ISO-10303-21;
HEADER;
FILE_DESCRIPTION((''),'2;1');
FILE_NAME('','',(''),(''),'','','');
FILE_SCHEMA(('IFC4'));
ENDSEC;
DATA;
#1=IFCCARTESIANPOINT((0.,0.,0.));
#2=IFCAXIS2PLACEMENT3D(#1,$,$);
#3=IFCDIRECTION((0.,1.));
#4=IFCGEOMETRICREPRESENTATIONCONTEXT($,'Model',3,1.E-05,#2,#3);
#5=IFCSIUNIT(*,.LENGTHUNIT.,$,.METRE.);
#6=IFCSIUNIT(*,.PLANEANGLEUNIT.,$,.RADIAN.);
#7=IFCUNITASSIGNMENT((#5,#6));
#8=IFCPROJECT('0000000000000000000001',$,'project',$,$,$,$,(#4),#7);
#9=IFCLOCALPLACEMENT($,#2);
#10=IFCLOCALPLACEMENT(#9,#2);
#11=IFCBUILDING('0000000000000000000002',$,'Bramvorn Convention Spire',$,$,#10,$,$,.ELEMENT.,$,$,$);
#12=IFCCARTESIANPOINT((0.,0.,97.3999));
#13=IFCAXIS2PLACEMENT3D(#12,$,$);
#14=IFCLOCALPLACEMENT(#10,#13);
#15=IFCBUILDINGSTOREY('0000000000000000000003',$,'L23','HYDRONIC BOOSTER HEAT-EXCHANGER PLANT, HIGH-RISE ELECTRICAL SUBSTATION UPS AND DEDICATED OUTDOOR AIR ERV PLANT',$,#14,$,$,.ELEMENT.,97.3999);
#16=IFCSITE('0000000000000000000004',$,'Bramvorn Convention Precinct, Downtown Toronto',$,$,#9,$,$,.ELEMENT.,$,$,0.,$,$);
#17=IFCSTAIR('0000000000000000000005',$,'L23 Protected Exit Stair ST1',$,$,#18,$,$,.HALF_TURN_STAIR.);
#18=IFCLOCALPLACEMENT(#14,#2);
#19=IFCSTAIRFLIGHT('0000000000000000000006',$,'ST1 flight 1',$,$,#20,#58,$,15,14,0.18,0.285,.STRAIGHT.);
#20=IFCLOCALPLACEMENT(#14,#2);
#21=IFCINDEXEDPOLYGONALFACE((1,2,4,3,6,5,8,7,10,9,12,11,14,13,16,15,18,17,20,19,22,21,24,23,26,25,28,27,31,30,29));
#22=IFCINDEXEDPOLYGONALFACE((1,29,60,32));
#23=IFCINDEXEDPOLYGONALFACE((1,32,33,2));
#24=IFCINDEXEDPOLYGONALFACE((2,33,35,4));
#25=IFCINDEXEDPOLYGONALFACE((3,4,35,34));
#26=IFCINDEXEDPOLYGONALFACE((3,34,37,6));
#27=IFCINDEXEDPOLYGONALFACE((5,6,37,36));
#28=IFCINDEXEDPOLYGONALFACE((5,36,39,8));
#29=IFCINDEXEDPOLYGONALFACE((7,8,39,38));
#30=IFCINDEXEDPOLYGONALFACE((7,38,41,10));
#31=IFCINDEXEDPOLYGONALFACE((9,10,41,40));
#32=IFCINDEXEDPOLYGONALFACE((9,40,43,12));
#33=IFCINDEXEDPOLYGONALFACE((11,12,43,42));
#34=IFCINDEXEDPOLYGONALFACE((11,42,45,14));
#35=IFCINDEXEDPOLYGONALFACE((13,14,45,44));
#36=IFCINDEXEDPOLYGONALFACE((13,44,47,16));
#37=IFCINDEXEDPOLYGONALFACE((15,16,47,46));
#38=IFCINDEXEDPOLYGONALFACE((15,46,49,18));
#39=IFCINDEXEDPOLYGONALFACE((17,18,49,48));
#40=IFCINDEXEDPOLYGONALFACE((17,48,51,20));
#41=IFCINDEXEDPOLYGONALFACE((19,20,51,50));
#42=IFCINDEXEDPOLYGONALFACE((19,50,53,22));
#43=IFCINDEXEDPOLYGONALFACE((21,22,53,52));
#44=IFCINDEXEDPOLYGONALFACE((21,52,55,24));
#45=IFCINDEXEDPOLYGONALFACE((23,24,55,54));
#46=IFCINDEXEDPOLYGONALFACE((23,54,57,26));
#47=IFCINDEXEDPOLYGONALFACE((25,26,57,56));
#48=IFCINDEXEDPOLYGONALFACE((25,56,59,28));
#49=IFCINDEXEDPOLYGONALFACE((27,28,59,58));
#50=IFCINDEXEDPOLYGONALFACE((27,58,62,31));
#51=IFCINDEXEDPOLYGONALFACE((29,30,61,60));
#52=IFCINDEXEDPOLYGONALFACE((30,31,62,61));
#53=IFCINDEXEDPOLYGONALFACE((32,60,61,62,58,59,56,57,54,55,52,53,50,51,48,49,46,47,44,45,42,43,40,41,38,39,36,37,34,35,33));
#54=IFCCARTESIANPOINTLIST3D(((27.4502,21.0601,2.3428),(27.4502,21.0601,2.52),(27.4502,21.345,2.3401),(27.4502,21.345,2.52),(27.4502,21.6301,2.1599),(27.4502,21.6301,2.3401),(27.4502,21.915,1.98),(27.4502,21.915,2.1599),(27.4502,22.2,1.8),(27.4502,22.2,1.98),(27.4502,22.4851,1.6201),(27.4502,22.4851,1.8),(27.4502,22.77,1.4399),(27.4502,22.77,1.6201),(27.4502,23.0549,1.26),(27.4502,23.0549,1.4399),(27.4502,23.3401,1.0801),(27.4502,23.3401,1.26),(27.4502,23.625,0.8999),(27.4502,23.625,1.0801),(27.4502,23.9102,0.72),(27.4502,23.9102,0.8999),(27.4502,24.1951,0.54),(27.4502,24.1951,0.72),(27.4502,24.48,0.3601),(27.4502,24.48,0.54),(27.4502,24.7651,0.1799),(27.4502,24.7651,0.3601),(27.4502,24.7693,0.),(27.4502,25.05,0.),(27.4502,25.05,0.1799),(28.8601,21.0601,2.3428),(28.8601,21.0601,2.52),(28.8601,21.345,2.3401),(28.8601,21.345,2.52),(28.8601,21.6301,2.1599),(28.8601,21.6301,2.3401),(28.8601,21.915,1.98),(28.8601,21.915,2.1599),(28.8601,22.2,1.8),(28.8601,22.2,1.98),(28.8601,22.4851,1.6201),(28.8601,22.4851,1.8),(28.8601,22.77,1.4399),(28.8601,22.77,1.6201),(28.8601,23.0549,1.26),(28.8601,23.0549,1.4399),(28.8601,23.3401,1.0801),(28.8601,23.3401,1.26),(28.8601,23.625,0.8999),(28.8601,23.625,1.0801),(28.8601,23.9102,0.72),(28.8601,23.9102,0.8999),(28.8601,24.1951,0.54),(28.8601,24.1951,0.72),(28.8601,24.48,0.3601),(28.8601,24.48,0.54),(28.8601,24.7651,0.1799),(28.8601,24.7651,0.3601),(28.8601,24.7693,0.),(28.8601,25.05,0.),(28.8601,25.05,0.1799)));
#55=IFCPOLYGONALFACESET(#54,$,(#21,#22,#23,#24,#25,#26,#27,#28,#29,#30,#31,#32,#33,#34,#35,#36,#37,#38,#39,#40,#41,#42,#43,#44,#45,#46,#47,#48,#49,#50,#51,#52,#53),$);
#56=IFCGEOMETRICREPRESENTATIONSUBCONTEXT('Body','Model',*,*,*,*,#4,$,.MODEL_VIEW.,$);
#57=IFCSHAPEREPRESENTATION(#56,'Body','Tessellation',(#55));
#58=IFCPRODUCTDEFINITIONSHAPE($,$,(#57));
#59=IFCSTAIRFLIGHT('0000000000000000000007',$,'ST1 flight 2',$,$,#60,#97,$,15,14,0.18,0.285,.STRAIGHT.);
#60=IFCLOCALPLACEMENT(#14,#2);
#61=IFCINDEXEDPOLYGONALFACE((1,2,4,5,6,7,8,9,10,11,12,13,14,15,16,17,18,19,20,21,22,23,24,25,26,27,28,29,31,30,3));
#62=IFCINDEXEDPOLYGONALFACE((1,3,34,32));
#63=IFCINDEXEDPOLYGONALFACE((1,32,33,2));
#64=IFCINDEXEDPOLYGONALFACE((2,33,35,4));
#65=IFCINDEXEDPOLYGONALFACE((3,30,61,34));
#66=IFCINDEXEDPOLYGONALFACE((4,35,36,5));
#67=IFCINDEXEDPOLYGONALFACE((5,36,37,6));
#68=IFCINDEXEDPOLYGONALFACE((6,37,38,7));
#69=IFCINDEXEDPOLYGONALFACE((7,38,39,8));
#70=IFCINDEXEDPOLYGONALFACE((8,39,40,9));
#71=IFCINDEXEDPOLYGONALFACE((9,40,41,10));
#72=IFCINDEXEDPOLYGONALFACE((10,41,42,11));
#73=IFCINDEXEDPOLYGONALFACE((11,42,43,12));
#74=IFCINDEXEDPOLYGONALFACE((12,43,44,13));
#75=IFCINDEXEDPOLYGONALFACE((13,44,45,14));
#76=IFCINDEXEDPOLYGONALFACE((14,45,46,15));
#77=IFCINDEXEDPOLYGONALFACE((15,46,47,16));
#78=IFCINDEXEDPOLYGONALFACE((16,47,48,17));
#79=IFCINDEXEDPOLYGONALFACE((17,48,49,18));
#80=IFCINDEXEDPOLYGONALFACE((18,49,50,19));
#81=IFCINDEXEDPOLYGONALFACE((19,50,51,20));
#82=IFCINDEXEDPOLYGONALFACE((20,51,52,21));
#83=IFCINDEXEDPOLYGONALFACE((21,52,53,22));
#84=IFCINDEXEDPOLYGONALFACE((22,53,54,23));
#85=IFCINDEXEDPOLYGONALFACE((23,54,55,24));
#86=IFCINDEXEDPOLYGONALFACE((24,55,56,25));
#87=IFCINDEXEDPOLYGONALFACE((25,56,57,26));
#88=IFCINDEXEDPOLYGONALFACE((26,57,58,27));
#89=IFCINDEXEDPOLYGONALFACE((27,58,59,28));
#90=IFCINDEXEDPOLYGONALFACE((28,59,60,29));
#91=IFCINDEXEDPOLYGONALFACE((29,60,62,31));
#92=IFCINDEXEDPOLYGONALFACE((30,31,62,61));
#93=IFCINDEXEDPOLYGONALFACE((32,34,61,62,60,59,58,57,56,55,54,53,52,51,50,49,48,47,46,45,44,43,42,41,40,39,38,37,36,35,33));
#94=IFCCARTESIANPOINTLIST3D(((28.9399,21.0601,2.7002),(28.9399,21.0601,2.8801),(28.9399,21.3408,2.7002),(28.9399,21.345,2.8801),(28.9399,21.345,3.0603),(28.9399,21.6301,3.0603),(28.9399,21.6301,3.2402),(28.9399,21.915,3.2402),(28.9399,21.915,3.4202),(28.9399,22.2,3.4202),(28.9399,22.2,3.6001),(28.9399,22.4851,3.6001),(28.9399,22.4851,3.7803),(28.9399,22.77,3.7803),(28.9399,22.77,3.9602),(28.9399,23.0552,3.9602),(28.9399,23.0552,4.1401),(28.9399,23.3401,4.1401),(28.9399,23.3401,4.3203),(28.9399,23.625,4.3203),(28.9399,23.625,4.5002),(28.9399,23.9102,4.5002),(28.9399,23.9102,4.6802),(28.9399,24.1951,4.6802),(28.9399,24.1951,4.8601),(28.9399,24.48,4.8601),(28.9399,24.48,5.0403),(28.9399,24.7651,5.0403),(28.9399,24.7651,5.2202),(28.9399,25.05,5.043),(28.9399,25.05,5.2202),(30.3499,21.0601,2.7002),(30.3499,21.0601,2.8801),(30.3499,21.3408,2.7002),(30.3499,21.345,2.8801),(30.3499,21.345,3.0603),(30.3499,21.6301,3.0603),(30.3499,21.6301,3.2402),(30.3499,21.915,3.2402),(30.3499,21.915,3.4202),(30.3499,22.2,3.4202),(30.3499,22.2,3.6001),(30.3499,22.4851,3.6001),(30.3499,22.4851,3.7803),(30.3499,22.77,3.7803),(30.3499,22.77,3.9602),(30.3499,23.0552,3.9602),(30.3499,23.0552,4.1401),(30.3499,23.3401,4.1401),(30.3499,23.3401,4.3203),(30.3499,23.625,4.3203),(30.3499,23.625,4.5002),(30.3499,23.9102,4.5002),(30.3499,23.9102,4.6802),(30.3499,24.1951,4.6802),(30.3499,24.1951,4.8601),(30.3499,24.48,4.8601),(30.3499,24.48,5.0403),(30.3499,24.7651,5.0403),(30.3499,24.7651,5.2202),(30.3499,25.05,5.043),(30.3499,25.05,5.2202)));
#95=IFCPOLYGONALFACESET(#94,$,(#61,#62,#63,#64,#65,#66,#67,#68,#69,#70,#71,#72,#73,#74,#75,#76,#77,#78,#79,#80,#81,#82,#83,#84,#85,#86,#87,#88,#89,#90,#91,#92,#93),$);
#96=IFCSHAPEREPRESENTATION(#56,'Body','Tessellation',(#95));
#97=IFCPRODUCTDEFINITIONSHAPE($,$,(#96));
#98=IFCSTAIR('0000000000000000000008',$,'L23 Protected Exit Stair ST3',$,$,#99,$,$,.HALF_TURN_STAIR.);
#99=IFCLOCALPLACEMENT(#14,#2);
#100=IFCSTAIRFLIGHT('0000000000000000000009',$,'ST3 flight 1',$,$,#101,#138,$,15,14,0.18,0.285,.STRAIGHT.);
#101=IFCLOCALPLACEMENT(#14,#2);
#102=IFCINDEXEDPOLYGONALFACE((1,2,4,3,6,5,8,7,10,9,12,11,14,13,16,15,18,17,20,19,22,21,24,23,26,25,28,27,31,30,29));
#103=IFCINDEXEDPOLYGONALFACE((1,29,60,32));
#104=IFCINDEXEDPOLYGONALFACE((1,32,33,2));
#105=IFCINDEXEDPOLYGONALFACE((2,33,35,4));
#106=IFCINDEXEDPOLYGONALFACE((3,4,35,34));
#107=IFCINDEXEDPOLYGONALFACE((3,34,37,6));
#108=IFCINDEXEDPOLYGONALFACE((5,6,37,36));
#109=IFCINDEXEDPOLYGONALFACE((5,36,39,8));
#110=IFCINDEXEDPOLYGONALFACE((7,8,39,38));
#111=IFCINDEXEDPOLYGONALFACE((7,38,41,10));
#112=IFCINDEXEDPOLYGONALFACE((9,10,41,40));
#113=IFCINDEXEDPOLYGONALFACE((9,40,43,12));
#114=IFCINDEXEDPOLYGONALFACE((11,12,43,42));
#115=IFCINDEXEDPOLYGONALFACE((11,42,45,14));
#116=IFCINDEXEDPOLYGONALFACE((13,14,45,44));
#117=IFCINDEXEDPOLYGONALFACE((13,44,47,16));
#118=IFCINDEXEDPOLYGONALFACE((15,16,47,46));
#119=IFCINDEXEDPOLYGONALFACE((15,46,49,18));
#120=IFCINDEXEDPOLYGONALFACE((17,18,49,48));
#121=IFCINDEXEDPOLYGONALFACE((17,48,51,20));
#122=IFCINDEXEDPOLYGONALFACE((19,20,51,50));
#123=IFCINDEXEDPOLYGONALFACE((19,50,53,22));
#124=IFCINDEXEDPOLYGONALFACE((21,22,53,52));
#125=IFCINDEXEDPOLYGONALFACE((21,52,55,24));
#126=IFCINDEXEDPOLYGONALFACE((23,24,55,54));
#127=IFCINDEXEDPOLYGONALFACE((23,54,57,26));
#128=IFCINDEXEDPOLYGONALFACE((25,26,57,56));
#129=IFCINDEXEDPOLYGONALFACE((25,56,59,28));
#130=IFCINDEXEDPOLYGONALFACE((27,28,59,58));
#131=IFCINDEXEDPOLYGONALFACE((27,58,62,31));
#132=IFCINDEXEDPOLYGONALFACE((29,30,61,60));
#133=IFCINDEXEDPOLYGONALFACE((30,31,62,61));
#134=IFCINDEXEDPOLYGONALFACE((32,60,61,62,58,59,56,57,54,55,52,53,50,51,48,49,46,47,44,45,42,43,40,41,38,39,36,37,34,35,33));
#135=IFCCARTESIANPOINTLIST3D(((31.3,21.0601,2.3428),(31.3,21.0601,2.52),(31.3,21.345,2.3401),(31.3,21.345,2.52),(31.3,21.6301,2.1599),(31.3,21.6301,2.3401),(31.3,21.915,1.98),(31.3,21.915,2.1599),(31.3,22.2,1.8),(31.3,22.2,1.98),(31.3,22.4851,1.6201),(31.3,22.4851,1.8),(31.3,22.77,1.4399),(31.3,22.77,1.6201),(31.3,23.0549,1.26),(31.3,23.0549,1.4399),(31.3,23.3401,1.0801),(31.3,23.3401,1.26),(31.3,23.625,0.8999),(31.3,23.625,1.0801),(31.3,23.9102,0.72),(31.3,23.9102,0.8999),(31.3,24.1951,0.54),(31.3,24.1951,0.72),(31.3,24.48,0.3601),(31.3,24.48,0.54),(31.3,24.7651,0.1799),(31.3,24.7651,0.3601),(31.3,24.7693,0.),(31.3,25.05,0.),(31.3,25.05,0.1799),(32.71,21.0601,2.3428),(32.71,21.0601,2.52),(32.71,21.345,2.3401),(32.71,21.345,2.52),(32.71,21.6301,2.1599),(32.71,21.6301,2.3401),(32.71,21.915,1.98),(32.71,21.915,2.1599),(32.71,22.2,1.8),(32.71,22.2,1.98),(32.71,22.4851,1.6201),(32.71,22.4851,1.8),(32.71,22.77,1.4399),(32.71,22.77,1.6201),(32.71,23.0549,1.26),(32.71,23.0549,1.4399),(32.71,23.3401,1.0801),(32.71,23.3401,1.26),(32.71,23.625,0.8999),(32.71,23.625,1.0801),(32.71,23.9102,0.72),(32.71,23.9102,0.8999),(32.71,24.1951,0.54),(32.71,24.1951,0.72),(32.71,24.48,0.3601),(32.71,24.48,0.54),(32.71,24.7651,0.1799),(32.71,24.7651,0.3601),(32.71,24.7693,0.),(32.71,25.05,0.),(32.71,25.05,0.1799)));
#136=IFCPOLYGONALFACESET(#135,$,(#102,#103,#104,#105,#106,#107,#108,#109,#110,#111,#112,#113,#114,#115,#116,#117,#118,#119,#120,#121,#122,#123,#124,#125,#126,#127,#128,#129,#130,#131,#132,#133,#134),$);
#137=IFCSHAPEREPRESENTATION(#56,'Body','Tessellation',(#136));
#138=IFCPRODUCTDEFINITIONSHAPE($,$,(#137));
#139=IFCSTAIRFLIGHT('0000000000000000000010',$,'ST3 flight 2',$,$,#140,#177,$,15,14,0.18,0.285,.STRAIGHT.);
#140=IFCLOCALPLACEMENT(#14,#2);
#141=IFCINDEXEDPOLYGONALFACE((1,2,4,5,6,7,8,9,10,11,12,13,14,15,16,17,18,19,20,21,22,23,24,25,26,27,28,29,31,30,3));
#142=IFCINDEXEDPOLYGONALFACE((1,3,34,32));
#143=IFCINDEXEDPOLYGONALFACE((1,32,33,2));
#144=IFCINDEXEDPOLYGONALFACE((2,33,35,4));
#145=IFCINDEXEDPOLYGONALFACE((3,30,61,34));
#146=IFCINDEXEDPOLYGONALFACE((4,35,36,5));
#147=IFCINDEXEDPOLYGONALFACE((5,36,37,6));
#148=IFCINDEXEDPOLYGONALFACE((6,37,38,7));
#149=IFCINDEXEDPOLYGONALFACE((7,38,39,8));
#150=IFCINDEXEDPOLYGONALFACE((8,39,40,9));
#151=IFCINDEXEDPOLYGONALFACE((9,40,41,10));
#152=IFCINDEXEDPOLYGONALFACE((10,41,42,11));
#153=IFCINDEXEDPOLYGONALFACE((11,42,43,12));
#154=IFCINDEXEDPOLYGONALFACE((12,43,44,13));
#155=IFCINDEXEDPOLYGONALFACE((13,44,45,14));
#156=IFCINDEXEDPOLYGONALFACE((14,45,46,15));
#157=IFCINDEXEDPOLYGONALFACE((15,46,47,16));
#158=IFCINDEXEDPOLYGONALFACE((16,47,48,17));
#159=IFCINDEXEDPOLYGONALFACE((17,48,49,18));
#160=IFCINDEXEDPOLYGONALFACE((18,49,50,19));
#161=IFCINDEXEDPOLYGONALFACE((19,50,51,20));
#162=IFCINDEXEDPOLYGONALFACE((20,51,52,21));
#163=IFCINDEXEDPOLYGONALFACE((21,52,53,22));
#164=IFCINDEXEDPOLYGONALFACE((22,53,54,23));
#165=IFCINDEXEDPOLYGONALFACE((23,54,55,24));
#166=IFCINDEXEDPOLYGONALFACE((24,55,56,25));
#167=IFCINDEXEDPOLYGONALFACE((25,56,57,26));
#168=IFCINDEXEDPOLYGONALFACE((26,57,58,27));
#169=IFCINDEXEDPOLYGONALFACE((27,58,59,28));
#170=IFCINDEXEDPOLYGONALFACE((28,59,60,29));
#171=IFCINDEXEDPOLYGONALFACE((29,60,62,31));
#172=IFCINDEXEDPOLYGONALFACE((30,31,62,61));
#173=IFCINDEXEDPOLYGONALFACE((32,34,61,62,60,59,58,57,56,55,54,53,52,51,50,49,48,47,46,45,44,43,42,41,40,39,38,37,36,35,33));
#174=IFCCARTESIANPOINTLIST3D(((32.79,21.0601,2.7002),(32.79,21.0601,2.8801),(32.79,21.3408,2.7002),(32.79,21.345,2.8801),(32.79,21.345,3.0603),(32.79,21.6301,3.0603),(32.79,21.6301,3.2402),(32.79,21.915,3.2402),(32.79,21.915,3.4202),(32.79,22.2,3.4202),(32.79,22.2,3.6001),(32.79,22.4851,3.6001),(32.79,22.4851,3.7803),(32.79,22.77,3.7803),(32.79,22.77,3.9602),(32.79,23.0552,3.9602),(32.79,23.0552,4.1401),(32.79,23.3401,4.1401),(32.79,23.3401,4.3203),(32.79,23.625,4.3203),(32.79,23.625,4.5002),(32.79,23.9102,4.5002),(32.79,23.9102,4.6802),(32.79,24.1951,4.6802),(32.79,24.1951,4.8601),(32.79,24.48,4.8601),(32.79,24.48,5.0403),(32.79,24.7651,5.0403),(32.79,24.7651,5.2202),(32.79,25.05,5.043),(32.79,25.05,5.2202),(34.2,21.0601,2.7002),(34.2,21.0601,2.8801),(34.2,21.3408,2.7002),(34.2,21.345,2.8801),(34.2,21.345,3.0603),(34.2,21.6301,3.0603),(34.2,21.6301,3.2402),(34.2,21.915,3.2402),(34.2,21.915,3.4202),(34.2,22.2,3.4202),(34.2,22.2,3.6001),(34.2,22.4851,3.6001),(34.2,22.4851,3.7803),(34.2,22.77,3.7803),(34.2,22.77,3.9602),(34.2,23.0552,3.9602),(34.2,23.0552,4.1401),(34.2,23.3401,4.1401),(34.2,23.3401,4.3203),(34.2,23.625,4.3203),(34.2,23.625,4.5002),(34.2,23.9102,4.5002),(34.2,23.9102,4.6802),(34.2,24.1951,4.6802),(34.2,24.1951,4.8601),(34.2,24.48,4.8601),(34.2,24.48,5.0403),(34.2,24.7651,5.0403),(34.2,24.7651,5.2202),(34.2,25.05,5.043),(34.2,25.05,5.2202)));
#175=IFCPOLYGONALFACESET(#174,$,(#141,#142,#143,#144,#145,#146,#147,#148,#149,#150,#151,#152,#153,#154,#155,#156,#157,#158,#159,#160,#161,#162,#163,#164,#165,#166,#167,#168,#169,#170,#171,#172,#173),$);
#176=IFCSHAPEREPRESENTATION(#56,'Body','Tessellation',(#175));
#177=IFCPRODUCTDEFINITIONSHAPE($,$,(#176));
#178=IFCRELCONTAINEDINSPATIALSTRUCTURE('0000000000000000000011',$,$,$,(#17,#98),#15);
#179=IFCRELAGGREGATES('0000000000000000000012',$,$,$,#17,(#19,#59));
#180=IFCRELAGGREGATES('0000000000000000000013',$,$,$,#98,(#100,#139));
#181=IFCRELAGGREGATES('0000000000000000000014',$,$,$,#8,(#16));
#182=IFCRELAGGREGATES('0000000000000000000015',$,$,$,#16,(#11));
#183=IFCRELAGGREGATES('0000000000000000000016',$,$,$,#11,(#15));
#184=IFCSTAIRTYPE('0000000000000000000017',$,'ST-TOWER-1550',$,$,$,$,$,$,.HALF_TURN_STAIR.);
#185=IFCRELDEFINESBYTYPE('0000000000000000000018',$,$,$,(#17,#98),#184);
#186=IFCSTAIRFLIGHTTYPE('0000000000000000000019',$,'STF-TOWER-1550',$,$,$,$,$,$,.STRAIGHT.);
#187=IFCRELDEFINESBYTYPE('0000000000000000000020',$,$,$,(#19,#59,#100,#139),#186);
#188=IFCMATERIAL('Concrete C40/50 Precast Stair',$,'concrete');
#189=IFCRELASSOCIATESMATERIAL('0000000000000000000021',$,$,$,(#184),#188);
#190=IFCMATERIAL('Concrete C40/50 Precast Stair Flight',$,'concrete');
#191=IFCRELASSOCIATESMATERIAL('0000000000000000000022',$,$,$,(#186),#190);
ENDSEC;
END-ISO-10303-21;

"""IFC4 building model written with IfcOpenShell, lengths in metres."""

from ifc_helpers import new_model, si_unit, direction, frame, origin, place, context, subcontext, project, spatial, polyline, outline, extrude, material, type_object, element, aggregate, save


model = new_model("IFC4")

# Units and contexts
model_context = context("Model", 3, precision=1e-05, world=origin(), true_north=direction((0.0, 1.0)))
body_context = subcontext(model_context, "Body", "Model", "MODEL_VIEW")
ifc_project = project(units=[si_unit("LENGTHUNIT", "METRE"), si_unit("PLANEANGLEUNIT", "RADIAN")], contexts=[model_context])

# Site, building, storey
site_placement = place(None, origin())
site = spatial("IfcSite", under=ifc_project, at=site_placement, Name="Bramvorn Convention Precinct, Downtown Toronto", CompositionType="ELEMENT", RefElevation=0.0)
building_placement = place(site_placement, origin())
building = spatial("IfcBuilding", under=site, at=building_placement, Name="Bramvorn Convention Spire", CompositionType="ELEMENT")
storey_placement = place(building_placement, frame((0.0, 0.0, 97.3999)))
storey = spatial("IfcBuildingStorey", under=building, at=storey_placement, Name="L23", Description="HYDRONIC BOOSTER HEAT-EXCHANGER PLANT, HIGH-RISE ELECTRICAL SUBSTATION UPS AND DEDICATED OUTDOOR AIR ERV PLANT", CompositionType="ELEMENT", Elevation=97.3999)

# Stairs, stair flights
ifc_material_1 = material(Name="Concrete C40/50 Precast Stair", Category="concrete")
stair_type = type_object("IfcStairType", Name="ST-TOWER-1550", PredefinedType="HALF_TURN_STAIR", material=ifc_material_1)
stair_1_placement = place(storey_placement, origin())
stair_1 = element("IfcStair", 1, at=stair_1_placement, inside=storey, type_object=stair_type, Name="L23 Protected Exit Stair ST1", PredefinedType="HALF_TURN_STAIR")
ifc_material_2 = material(Name="Concrete C40/50 Precast Stair Flight", Category="concrete")
stair_flight_type = type_object("IfcStairFlightType", Name="STF-TOWER-1550", PredefinedType="STRAIGHT", material=ifc_material_2)
stair_flight_1_placement = place(storey_placement, frame((28.155, 25.05, 0.0), z_axis=(0.0, 0.0, 1.0), x_axis=(0.0, -1.0, 0.0)))
stair_flight_1 = element("IfcStairFlight", 2, at=stair_flight_1_placement, type_object=stair_flight_type, Name="ST1 flight 1", NumberOfRisers=15, NumberOfTreads=14, PredefinedType="STRAIGHT", RiserHeight=0.18, TreadLength=0.285, context=body_context, shape_type="SweptSolid", body=[
    extrude(outline(polyline([(0.0, 0.0), (0.0, 0.1799), (0.2849, 0.1799), (0.2849, 0.3601), (0.5701, 0.3601), (0.5701, 0.54), (0.855, 0.54), (0.855, 0.72), (1.1399, 0.72), (1.1399, 0.8999), (1.425, 0.8999), (1.425, 1.0801), (1.71, 1.0801), (1.71, 1.26), (1.9951, 1.26), (1.9951, 1.4399), (2.28, 1.4399), (2.28, 1.6201), (2.5649, 1.6201), (2.5649, 1.8), (2.8501, 1.8), (2.8501, 1.98), (3.135, 1.98), (3.135, 2.1599), (3.4199, 2.1599), (3.4199, 2.3401), (3.7051, 2.3401), (3.7051, 2.52), (3.99, 2.52), (3.99, 2.7), (3.99, 2.3428), (0.2808, 0.0), (0.0, 0.0)])), frame((0.0, 0.7051, 0.0), z_axis=(0.0, -1.0, 0.0), x_axis=(1.0, 0.0, 0.0)), (0.0, 0.0, 1.0), 1.4099),
])
stair_flight_2_placement = place(storey_placement, frame((29.645, 21.0601, 2.7002), z_axis=(0.0, 0.0, 1.0), x_axis=(0.0, 1.0, 0.0)))
stair_flight_2 = element("IfcStairFlight", 3, at=stair_flight_2_placement, type_object=stair_flight_type, Name="ST1 flight 2", NumberOfRisers=15, NumberOfTreads=14, PredefinedType="STRAIGHT", RiserHeight=0.18, TreadLength=0.285, context=body_context, shape_type="SweptSolid", body=[
    extrude(outline(polyline([(0.0, 0.0), (0.0, 0.1799), (0.2849, 0.1799), (0.2849, 0.3601), (0.5701, 0.3601), (0.5701, 0.54), (0.855, 0.54), (0.855, 0.72), (1.1399, 0.72), (1.1399, 0.8999), (1.425, 0.8999), (1.425, 1.0801), (1.71, 1.0801), (1.71, 1.26), (1.9951, 1.26), (1.9951, 1.4399), (2.28, 1.4399), (2.28, 1.6201), (2.5649, 1.6201), (2.5649, 1.8), (2.8501, 1.8), (2.8501, 1.98), (3.135, 1.98), (3.135, 2.1599), (3.4199, 2.1599), (3.4199, 2.3401), (3.7051, 2.3401), (3.7051, 2.52), (3.99, 2.52), (3.99, 2.7), (3.99, 2.3428), (0.2808, 0.0), (0.0, 0.0)])), frame((0.0, 0.7051, 0.0), z_axis=(0.0, -1.0, 0.0), x_axis=(1.0, 0.0, 0.0)), (0.0, 0.0, 1.0), 1.4099),
])
aggregate(stair_1, [stair_flight_1, stair_flight_2])
stair_2_placement = place(storey_placement, origin())
stair_2 = element("IfcStair", 4, at=stair_2_placement, inside=storey, type_object=stair_type, Name="L23 Protected Exit Stair ST3", PredefinedType="HALF_TURN_STAIR")
stair_flight_3_placement = place(storey_placement, frame((32.0049, 25.05, 0.0), z_axis=(0.0, 0.0, 1.0), x_axis=(0.0, -1.0, 0.0)))
stair_flight_3 = element("IfcStairFlight", 5, at=stair_flight_3_placement, type_object=stair_flight_type, Name="ST3 flight 1", NumberOfRisers=15, NumberOfTreads=14, PredefinedType="STRAIGHT", RiserHeight=0.18, TreadLength=0.285, context=body_context, shape_type="SweptSolid", body=[
    extrude(outline(polyline([(0.0, 0.0), (0.0, 0.1799), (0.2849, 0.1799), (0.2849, 0.3601), (0.5701, 0.3601), (0.5701, 0.54), (0.855, 0.54), (0.855, 0.72), (1.1399, 0.72), (1.1399, 0.8999), (1.425, 0.8999), (1.425, 1.0801), (1.71, 1.0801), (1.71, 1.26), (1.9951, 1.26), (1.9951, 1.4399), (2.28, 1.4399), (2.28, 1.6201), (2.5649, 1.6201), (2.5649, 1.8), (2.8501, 1.8), (2.8501, 1.98), (3.135, 1.98), (3.135, 2.1599), (3.4199, 2.1599), (3.4199, 2.3401), (3.7051, 2.3401), (3.7051, 2.52), (3.99, 2.52), (3.99, 2.7), (3.99, 2.3428), (0.2808, 0.0), (0.0, 0.0)])), frame((0.0, 0.7051, 0.0), z_axis=(0.0, -1.0, 0.0), x_axis=(1.0, 0.0, 0.0)), (0.0, 0.0, 1.0), 1.4099),
])
stair_flight_4_placement = place(storey_placement, frame((33.4951, 21.0601, 2.7002), z_axis=(0.0, 0.0, 1.0), x_axis=(0.0, 1.0, 0.0)))
stair_flight_4 = element("IfcStairFlight", 6, at=stair_flight_4_placement, type_object=stair_flight_type, Name="ST3 flight 2", NumberOfRisers=15, NumberOfTreads=14, PredefinedType="STRAIGHT", RiserHeight=0.18, TreadLength=0.285, context=body_context, shape_type="SweptSolid", body=[
    extrude(outline(polyline([(0.0, 0.0), (0.0, 0.1799), (0.2849, 0.1799), (0.2849, 0.3601), (0.5701, 0.3601), (0.5701, 0.54), (0.855, 0.54), (0.855, 0.72), (1.1399, 0.72), (1.1399, 0.8999), (1.425, 0.8999), (1.425, 1.0801), (1.71, 1.0801), (1.71, 1.26), (1.9951, 1.26), (1.9951, 1.4399), (2.28, 1.4399), (2.28, 1.6201), (2.5649, 1.6201), (2.5649, 1.8), (2.8501, 1.8), (2.8501, 1.98), (3.135, 1.98), (3.135, 2.1599), (3.4199, 2.1599), (3.4199, 2.3401), (3.7051, 2.3401), (3.7051, 2.52), (3.99, 2.52), (3.99, 2.7), (3.99, 2.3428), (0.2808, 0.0), (0.0, 0.0)])), frame((0.0, 0.7051, 0.0), z_axis=(0.0, -1.0, 0.0), x_axis=(1.0, 0.0, 0.0)), (0.0, 0.0, 1.0), 1.4099),
])
aggregate(stair_2, [stair_flight_3, stair_flight_4])

save(model, "model.ifc")
